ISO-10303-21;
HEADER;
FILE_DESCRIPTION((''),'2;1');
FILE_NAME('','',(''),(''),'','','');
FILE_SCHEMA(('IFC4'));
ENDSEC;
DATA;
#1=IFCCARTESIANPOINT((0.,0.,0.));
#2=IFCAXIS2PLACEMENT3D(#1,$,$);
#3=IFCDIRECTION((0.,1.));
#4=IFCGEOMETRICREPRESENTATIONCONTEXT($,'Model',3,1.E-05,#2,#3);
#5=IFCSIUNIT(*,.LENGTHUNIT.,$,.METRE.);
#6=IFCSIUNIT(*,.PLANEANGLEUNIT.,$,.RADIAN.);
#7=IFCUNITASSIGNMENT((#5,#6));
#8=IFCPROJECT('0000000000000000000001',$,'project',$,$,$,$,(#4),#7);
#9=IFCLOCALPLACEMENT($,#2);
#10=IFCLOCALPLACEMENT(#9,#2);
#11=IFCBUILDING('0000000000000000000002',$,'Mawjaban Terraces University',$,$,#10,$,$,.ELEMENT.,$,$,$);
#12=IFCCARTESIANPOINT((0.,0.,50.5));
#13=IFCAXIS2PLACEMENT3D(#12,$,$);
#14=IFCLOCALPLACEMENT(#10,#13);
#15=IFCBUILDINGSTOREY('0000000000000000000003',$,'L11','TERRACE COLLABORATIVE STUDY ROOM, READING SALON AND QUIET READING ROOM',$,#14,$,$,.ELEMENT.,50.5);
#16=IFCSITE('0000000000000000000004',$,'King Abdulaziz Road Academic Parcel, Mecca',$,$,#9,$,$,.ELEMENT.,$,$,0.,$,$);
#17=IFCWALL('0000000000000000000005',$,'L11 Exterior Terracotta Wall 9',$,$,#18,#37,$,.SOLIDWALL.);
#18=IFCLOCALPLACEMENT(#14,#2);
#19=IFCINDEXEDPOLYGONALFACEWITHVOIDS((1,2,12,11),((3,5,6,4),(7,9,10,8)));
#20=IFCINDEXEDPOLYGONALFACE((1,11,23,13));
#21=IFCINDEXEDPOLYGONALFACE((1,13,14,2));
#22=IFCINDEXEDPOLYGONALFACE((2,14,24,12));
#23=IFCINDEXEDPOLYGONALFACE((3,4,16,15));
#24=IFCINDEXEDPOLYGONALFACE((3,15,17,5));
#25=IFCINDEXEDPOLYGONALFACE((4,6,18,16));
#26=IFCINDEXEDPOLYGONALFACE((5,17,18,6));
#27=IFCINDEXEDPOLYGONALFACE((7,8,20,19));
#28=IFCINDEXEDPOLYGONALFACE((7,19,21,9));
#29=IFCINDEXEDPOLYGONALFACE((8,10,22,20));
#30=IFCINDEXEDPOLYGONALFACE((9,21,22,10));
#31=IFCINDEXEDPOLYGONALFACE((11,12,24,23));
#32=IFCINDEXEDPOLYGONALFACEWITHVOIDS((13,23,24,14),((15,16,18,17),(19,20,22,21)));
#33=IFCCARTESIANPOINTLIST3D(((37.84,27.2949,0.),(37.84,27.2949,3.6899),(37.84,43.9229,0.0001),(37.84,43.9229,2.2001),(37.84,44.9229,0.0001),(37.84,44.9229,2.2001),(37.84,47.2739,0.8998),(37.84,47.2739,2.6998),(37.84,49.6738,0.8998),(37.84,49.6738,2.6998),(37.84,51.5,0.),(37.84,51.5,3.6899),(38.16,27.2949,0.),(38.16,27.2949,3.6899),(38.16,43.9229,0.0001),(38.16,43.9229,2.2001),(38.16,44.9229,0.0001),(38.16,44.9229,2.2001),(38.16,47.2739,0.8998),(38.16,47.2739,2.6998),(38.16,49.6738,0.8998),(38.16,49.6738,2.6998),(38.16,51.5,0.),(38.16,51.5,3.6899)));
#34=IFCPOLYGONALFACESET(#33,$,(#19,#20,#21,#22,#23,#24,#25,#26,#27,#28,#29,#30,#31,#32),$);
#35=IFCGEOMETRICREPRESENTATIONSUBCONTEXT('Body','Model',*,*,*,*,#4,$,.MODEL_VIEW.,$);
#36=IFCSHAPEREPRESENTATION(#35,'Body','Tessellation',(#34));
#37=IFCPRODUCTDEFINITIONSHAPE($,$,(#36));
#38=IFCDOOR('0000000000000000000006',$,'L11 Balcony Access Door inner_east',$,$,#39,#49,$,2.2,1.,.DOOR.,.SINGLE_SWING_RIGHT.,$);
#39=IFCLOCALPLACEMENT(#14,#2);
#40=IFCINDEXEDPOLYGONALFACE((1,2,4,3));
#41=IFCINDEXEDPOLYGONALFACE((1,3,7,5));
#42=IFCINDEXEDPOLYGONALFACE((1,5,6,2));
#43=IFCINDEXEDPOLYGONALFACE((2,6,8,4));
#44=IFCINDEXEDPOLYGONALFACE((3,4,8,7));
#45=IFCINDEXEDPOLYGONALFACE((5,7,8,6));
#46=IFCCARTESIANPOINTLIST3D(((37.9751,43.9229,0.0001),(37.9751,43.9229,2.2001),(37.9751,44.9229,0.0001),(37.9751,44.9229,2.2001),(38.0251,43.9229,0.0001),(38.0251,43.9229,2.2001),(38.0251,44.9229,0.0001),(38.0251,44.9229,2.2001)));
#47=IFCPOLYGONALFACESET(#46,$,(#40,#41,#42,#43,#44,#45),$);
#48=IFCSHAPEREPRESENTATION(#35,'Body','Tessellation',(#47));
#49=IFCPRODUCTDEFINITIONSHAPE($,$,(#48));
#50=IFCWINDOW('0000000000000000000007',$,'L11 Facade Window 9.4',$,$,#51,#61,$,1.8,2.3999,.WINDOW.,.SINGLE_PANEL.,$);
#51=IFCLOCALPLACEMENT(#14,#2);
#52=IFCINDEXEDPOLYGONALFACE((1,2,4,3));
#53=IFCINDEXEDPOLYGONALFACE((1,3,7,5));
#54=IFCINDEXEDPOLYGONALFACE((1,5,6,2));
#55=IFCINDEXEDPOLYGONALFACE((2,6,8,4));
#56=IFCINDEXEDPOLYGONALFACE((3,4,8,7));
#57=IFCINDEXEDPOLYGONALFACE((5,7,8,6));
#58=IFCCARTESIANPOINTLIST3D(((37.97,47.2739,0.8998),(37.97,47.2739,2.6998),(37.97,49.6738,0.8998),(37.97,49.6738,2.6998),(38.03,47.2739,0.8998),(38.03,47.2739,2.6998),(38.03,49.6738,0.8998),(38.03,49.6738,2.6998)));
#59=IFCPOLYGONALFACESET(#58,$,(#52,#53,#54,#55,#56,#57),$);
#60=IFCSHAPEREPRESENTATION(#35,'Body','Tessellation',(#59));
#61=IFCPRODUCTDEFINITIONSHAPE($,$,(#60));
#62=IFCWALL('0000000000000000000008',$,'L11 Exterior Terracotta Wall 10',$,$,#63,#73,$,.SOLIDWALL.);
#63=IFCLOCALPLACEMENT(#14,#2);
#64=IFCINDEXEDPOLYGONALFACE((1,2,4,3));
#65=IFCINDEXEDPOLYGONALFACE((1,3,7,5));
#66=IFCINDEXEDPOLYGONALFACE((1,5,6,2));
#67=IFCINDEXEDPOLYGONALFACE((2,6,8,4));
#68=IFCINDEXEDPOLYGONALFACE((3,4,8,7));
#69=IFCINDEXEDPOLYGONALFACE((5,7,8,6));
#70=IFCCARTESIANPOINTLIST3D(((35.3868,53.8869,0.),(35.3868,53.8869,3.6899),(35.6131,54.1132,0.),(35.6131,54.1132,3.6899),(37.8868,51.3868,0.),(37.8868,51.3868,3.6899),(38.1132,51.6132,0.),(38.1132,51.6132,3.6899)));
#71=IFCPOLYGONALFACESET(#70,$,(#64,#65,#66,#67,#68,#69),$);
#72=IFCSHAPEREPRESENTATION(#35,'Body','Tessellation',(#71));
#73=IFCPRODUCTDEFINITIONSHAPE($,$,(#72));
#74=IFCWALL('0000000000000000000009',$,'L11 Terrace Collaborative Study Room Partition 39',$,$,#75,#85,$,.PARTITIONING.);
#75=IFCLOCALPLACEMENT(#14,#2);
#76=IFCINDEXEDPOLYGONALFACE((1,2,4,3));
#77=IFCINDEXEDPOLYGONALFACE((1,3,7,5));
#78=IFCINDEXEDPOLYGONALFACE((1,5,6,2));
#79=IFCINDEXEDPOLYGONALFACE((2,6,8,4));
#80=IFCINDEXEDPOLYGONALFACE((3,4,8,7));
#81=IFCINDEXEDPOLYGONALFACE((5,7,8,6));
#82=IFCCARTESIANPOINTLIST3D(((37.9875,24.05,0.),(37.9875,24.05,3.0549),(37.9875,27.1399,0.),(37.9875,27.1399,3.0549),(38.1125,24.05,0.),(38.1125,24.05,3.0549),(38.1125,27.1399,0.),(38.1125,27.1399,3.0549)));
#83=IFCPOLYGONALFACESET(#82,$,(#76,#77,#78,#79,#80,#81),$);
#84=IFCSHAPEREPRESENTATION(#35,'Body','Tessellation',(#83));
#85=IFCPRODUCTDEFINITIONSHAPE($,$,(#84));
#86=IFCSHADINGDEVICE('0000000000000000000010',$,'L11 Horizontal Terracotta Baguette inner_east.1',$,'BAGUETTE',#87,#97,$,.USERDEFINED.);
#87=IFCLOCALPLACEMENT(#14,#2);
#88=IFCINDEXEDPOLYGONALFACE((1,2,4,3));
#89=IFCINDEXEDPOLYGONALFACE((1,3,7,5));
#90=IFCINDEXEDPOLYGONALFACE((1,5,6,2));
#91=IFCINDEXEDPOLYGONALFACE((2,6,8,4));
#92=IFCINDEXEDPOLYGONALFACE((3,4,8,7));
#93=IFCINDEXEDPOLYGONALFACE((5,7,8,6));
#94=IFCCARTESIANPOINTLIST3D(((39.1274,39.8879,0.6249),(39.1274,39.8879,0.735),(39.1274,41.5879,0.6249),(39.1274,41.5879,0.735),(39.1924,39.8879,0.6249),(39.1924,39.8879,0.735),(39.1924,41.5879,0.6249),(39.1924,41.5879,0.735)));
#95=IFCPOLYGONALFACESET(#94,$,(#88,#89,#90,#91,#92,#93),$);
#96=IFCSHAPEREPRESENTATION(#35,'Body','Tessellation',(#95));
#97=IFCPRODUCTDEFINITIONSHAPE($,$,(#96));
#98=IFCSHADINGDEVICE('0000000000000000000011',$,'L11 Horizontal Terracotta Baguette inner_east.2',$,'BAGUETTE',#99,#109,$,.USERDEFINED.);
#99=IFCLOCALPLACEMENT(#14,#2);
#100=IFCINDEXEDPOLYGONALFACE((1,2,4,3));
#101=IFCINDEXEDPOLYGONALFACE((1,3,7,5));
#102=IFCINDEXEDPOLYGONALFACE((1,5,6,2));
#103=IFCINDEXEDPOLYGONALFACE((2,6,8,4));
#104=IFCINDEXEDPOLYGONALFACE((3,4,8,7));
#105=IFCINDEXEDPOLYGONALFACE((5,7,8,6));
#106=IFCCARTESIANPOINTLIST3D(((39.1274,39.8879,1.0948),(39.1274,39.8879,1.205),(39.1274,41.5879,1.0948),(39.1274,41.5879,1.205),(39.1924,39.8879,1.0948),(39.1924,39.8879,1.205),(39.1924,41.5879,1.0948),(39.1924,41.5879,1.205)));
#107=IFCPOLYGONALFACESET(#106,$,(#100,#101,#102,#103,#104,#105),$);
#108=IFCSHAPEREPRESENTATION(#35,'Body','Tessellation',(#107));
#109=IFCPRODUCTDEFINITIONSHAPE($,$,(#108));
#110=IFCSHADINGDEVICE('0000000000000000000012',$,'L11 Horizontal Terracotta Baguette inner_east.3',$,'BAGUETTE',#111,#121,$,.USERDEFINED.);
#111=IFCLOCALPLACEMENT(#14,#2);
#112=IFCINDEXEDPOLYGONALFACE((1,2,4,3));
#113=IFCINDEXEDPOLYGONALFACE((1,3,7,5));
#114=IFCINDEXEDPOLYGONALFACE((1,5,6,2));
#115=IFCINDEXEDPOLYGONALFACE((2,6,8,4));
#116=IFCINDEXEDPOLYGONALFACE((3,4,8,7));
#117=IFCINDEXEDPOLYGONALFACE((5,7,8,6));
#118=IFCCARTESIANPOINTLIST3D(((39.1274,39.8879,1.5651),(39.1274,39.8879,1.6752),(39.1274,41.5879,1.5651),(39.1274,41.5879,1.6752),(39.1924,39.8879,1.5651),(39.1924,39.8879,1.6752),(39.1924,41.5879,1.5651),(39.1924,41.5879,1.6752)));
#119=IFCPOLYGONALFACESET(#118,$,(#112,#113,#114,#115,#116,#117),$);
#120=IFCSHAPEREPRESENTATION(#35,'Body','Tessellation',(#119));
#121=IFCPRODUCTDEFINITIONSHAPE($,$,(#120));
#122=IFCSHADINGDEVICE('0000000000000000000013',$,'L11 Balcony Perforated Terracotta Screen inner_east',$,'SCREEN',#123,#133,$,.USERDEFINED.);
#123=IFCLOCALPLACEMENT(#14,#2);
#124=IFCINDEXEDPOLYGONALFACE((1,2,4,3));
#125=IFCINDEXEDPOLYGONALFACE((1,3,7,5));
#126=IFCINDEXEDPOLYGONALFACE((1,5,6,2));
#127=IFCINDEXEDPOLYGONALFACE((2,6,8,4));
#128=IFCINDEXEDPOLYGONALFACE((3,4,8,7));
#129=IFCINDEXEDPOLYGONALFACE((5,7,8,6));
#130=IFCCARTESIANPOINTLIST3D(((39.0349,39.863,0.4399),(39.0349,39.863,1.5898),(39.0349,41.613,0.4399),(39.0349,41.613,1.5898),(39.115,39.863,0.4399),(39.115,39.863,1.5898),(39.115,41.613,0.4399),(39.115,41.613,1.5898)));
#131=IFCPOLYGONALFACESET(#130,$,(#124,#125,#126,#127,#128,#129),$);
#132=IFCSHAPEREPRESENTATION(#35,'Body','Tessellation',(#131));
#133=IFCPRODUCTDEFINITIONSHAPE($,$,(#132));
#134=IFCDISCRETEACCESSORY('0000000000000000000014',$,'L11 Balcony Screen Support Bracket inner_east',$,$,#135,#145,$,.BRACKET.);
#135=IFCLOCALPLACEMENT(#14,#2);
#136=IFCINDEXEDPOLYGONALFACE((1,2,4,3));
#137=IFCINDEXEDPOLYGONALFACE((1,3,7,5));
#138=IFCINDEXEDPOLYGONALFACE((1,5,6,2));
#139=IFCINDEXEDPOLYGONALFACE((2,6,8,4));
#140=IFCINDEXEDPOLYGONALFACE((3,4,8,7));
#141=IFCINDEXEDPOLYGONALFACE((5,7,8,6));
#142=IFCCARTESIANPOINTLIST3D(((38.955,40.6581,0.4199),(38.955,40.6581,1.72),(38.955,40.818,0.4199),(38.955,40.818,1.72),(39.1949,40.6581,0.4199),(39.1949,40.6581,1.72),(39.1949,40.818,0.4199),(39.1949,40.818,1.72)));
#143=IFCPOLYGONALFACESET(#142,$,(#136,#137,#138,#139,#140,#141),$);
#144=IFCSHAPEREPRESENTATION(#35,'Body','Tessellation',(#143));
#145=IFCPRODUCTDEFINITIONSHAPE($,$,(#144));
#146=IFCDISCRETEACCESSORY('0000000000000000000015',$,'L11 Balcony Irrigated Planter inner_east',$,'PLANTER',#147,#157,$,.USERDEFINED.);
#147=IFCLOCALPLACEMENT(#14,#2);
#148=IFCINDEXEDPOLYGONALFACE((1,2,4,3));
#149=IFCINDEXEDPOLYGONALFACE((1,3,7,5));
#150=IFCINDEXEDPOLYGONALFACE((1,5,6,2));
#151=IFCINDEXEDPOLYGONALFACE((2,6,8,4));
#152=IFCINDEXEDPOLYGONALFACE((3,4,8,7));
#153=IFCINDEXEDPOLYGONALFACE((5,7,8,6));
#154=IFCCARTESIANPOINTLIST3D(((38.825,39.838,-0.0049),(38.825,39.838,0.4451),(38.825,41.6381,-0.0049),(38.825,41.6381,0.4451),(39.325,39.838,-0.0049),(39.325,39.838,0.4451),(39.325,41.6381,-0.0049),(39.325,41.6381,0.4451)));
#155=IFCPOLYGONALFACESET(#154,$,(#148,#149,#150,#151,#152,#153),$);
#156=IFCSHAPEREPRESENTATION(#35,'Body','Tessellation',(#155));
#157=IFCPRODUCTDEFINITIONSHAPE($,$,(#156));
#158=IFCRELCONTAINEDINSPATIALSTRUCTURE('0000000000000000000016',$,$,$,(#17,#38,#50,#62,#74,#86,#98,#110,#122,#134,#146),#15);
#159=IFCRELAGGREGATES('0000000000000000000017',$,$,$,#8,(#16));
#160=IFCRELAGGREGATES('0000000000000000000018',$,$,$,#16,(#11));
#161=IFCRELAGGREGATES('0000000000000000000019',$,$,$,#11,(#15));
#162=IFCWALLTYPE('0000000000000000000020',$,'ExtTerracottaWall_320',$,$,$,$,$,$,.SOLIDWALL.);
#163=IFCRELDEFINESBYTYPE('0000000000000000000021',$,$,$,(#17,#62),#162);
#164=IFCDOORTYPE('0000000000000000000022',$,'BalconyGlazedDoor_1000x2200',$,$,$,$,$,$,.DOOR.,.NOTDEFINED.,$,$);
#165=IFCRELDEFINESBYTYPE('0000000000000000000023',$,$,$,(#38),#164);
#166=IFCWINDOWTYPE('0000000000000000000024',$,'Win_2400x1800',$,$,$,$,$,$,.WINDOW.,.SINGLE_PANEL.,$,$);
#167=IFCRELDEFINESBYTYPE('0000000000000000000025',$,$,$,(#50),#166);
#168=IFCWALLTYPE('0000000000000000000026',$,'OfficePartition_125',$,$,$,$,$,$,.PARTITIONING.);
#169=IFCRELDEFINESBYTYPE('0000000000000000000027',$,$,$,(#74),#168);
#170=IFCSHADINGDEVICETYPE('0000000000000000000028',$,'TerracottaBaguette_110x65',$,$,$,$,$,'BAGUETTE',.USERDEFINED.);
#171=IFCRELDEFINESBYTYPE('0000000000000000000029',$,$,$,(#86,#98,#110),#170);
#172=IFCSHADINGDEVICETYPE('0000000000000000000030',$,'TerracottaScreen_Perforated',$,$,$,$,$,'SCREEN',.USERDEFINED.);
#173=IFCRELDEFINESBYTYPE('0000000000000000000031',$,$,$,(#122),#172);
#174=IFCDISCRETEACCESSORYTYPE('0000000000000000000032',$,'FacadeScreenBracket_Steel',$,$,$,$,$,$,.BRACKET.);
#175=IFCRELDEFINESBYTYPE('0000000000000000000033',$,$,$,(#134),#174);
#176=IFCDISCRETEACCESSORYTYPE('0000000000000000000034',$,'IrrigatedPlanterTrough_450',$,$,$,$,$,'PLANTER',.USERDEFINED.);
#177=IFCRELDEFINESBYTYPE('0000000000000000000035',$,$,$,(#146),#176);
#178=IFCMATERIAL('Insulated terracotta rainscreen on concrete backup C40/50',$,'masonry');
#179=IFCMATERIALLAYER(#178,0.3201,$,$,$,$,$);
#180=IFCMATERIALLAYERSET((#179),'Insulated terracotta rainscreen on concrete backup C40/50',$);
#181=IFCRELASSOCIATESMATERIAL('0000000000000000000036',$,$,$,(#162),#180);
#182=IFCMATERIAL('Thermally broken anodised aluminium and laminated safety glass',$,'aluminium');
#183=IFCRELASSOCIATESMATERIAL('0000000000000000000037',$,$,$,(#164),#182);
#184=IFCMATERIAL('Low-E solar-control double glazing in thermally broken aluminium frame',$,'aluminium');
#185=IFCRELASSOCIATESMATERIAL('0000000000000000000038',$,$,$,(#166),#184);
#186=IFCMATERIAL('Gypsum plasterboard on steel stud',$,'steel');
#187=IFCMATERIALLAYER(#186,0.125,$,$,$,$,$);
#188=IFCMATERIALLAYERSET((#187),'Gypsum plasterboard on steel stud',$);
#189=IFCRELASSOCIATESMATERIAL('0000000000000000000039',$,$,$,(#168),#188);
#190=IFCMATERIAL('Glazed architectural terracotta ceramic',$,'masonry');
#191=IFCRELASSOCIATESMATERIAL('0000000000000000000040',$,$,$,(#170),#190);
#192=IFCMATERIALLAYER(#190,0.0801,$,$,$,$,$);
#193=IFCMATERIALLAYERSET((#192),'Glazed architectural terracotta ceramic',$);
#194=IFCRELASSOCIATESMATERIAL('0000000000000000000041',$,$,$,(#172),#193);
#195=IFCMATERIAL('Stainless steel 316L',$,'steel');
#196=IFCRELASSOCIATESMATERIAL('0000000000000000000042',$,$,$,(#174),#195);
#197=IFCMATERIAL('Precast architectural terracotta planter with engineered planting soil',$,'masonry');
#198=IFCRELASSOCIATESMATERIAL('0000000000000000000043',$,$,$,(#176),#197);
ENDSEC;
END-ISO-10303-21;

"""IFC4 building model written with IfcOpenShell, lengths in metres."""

from ifc_helpers import new_model, si_unit, direction, frame, frame_2d, origin, origin_2d, place, context, subcontext, project, spatial, rectangle, extrude, material, layer, layer_set, material_profile, profile_set, type_object, element, fill, save


model = new_model("IFC4")

# Units and contexts
model_context = context("Model", 3, precision=1e-05, world=origin(), true_north=direction((0.0, 1.0)))
body_context = subcontext(model_context, "Body", "Model", "MODEL_VIEW")
ifc_project = project(units=[si_unit("LENGTHUNIT", "METRE"), si_unit("PLANEANGLEUNIT", "RADIAN")], contexts=[model_context])

# Site, building, storey
site_placement = place(None, origin())
site = spatial("IfcSite", under=ifc_project, at=site_placement, Name="King Abdulaziz Road Academic Parcel, Mecca", CompositionType="ELEMENT", RefElevation=0.0)
building_placement = place(site_placement, origin())
building = spatial("IfcBuilding", under=site, at=building_placement, Name="Mawjaban Terraces University", CompositionType="ELEMENT")
storey_placement = place(building_placement, frame((0.0, 0.0, 50.5)))
storey = spatial("IfcBuildingStorey", under=building, at=storey_placement, Name="L11", Description="TERRACE COLLABORATIVE STUDY ROOM, READING SALON AND QUIET READING ROOM", CompositionType="ELEMENT", Elevation=50.5)

# Wall, openings, door, window
ifc_material_1 = material(Name="Insulated terracotta rainscreen on concrete backup C40/50", Category="masonry")
ifc_layer_1 = layer(ifc_material_1, 0.3201)
ifc_layer_set_1 = layer_set([ifc_layer_1], Name="Insulated terracotta rainscreen on concrete backup C40/50")
wall_type_1 = type_object("IfcWallType", Name="ExtTerracottaWall_320", PredefinedType="SOLIDWALL", material=ifc_layer_set_1)
wall_1_placement = place(storey_placement, frame((38.0, 27.2949, 0.0), z_axis=(0.0, 0.0, 1.0), x_axis=(0.0, 1.0, 0.0)))
wall_1 = element("IfcWall", 1, at=wall_1_placement, inside=storey, type_object=wall_type_1, Name="L11 Exterior Terracotta Wall 9", PredefinedType="SOLIDWALL", context=body_context, shape_type="SweptSolid", body=[
    extrude(rectangle(XDim=24.2051, YDim=0.3201, at=frame_2d((12.1025, 0.0))), origin(), (0.0, 0.0, 1.0), 3.6899),
])
opening_1_placement = place(wall_1_placement, frame((16.6279, 0.0, 0.0)))
opening_1 = element("IfcOpeningElement", 2, at=opening_1_placement, cuts=wall_1, PredefinedType="OPENING", context=body_context, shape_type="SweptSolid", body=[
    extrude(rectangle(XDim=1.0, YDim=2.2, at=frame_2d((0.5, 1.1001))), frame((0.0, 0.1699, 0.0), z_axis=(0.0, -1.0, 0.0), x_axis=(1.0, 0.0, 0.0)), (0.0, 0.0, 1.0), 0.3401),
])
opening_2_placement = place(wall_1_placement, frame((19.979, 0.0, 0.8999)))
opening_2 = element("IfcOpeningElement", 3, at=opening_2_placement, cuts=wall_1, PredefinedType="OPENING", context=body_context, shape_type="SweptSolid", body=[
    extrude(rectangle(XDim=2.3999, YDim=1.8, at=frame_2d((1.2, 0.8999))), frame((0.0, 0.1699, 0.0), z_axis=(0.0, -1.0, 0.0), x_axis=(1.0, 0.0, 0.0)), (0.0, 0.0, 1.0), 0.3401),
])
ifc_material_2 = material(Name="Thermally broken anodised aluminium and laminated safety glass", Category="aluminium")
door_type = type_object("IfcDoorType", Name="BalconyGlazedDoor_1000x2200", OperationType="NOTDEFINED", PredefinedType="DOOR", material=ifc_material_2)
door_placement = place(opening_1_placement, origin())
door = element("IfcDoor", 4, at=door_placement, inside=storey, type_object=door_type, Name="L11 Balcony Access Door inner_east", OperationType="SINGLE_SWING_RIGHT", OverallHeight=2.2, OverallWidth=1.0, PredefinedType="DOOR", context=body_context, shape_type="SweptSolid", body=[
    extrude(rectangle(XDim=1.0, YDim=2.2, at=frame_2d((0.5, 1.1001))), frame((0.0, 0.0249, 0.0), z_axis=(0.0, -1.0, 0.0), x_axis=(1.0, 0.0, 0.0)), (0.0, 0.0, 1.0), 0.05),
])
fill(opening_1, door)
ifc_material_3 = material(Name="Low-E solar-control double glazing in thermally broken aluminium frame", Category="aluminium")
window_type = type_object("IfcWindowType", Name="Win_2400x1800", PartitioningType="SINGLE_PANEL", PredefinedType="WINDOW", material=ifc_material_3)
window_placement = place(opening_2_placement, origin())
window = element("IfcWindow", 5, at=window_placement, inside=storey, type_object=window_type, Name="L11 Facade Window 9.4", OverallHeight=1.8, OverallWidth=2.3999, PartitioningType="SINGLE_PANEL", PredefinedType="WINDOW", context=body_context, shape_type="SweptSolid", body=[
    extrude(rectangle(XDim=2.3999, YDim=1.8, at=frame_2d((1.2, 0.8999))), frame((0.0, 0.03, 0.0), z_axis=(0.0, -1.0, 0.0), x_axis=(1.0, 0.0, 0.0)), (0.0, 0.0, 1.0), 0.0601),
])
fill(opening_2, window)

# Walls
wall_2_placement = place(storey_placement, frame((38.0, 51.5, 0.0), z_axis=(0.0, 0.0, 1.0), x_axis=(-0.707107, 0.707107, 0.0)))
element("IfcWall", 6, at=wall_2_placement, inside=storey, type_object=wall_type_1, Name="L11 Exterior Terracotta Wall 10", PredefinedType="SOLIDWALL", context=body_context, shape_type="SweptSolid", body=[
    extrude(rectangle(XDim=3.5356, YDim=0.3201, at=frame_2d((1.7678, 0.0))), origin(), (0.0, 0.0, 1.0), 3.6899),
])
ifc_material_4 = material(Name="Gypsum plasterboard on steel stud", Category="steel")
ifc_layer_2 = layer(ifc_material_4, 0.125)
ifc_layer_set_2 = layer_set([ifc_layer_2], Name="Gypsum plasterboard on steel stud")
wall_type_2 = type_object("IfcWallType", Name="OfficePartition_125", PredefinedType="PARTITIONING", material=ifc_layer_set_2)
wall_3_placement = place(storey_placement, frame((38.05, 27.1399, 0.0), z_axis=(0.0, 0.0, 1.0), x_axis=(0.0, -1.0, 0.0)))
element("IfcWall", 7, at=wall_3_placement, inside=storey, type_object=wall_type_2, Name="L11 Terrace Collaborative Study Room Partition 39", PredefinedType="PARTITIONING", context=body_context, shape_type="SweptSolid", body=[
    extrude(rectangle(XDim=3.0898, YDim=0.125, at=frame_2d((1.5449, 0.0))), origin(), (0.0, 0.0, 1.0), 3.0549),
])

# Shading devices
ifc_material_5 = material(Name="Glazed architectural terracotta ceramic", Category="masonry")
ifc_material_profile_1 = material_profile(ifc_material_5, rectangle(XDim=0.0649, YDim=0.1101, at=origin_2d()), Name="TBAG110X65")
ifc_profile_set_1 = profile_set([ifc_material_profile_1], Name="Glazed architectural terracotta ceramic")
shading_device_type_1 = type_object("IfcShadingDeviceType", Name="TerracottaBaguette_110x65", ElementType="BAGUETTE", PredefinedType="USERDEFINED", material=ifc_profile_set_1)
for number, where, z_axis, x_axis, name in (
    (8, (39.1599, 39.8879, 0.6799), (0.0, 1.0, 0.0), (-1.0, 0.0, 0.0), "L11 Horizontal Terracotta Baguette inner_east.1"),
    (9, (39.1599, 39.8879, 1.1499), (0.0, 1.0, 0.0), (-1.0, 0.0, 0.0), "L11 Horizontal Terracotta Baguette inner_east.2"),
    (10, (39.1599, 39.8879, 1.6201), (0.0, 1.0, 0.0), (-1.0, 0.0, 0.0), "L11 Horizontal Terracotta Baguette inner_east.3"),
):
    element("IfcShadingDevice", number, at=place(storey_placement, frame(where, z_axis=z_axis, x_axis=x_axis)), inside=storey, type_object=shading_device_type_1, Name=name, ObjectType="BAGUETTE", PredefinedType="USERDEFINED", context=body_context, shape_type="SweptSolid", body=[
        extrude(rectangle(XDim=0.0649, YDim=0.1101, at=origin_2d()), origin(), (0.0, 0.0, 1.0), 1.7),
    ])
ifc_layer_3 = layer(ifc_material_5, 0.0801)
ifc_layer_set_3 = layer_set([ifc_layer_3], Name="Glazed architectural terracotta ceramic")
shading_device_type_2 = type_object("IfcShadingDeviceType", Name="TerracottaScreen_Perforated", ElementType="SCREEN", PredefinedType="USERDEFINED", material=ifc_layer_set_3)
shading_device_placement = place(storey_placement, frame((39.075, 40.738, 0.4399), z_axis=(0.0, 0.0, 1.0), x_axis=(0.0, 1.0, 0.0)))
element("IfcShadingDevice", 11, at=shading_device_placement, inside=storey, type_object=shading_device_type_2, Name="L11 Balcony Perforated Terracotta Screen inner_east", ObjectType="SCREEN", PredefinedType="USERDEFINED", context=body_context, shape_type="SweptSolid", body=[
    extrude(rectangle(XDim=1.75, YDim=0.0801, at=origin_2d()), origin(), (0.0, 0.0, 1.0), 1.1499),
])

# Discrete accessories
ifc_material_6 = material(Name="Stainless steel 316L", Category="steel")
discrete_accessory_type_1 = type_object("IfcDiscreteAccessoryType", Name="FacadeScreenBracket_Steel", PredefinedType="BRACKET", material=ifc_material_6)
discrete_accessory_1_placement = place(storey_placement, frame((39.075, 40.738, 0.4199), z_axis=(0.0, 0.0, 1.0), x_axis=(0.0, 1.0, 0.0)))
element("IfcDiscreteAccessory", 12, at=discrete_accessory_1_placement, inside=storey, type_object=discrete_accessory_type_1, Name="L11 Balcony Screen Support Bracket inner_east", PredefinedType="BRACKET", context=body_context, shape_type="SweptSolid", body=[
    extrude(rectangle(XDim=0.1599, YDim=0.24, at=origin_2d()), origin(), (0.0, 0.0, 1.0), 1.3),
])
ifc_material_7 = material(Name="Precast architectural terracotta planter with engineered planting soil", Category="masonry")
discrete_accessory_type_2 = type_object("IfcDiscreteAccessoryType", Name="IrrigatedPlanterTrough_450", ElementType="PLANTER", PredefinedType="USERDEFINED", material=ifc_material_7)
discrete_accessory_2_placement = place(storey_placement, frame((39.075, 40.738, -0.0049), z_axis=(0.0, 0.0, 1.0), x_axis=(0.0, 1.0, 0.0)))
element("IfcDiscreteAccessory", 13, at=discrete_accessory_2_placement, inside=storey, type_object=discrete_accessory_type_2, Name="L11 Balcony Irrigated Planter inner_east", ObjectType="PLANTER", PredefinedType="USERDEFINED", context=body_context, shape_type="SweptSolid", body=[
    extrude(rectangle(XDim=1.8, YDim=0.5, at=origin_2d()), origin(), (0.0, 0.0, 1.0), 0.45),
])

save(model, "model.ifc")
